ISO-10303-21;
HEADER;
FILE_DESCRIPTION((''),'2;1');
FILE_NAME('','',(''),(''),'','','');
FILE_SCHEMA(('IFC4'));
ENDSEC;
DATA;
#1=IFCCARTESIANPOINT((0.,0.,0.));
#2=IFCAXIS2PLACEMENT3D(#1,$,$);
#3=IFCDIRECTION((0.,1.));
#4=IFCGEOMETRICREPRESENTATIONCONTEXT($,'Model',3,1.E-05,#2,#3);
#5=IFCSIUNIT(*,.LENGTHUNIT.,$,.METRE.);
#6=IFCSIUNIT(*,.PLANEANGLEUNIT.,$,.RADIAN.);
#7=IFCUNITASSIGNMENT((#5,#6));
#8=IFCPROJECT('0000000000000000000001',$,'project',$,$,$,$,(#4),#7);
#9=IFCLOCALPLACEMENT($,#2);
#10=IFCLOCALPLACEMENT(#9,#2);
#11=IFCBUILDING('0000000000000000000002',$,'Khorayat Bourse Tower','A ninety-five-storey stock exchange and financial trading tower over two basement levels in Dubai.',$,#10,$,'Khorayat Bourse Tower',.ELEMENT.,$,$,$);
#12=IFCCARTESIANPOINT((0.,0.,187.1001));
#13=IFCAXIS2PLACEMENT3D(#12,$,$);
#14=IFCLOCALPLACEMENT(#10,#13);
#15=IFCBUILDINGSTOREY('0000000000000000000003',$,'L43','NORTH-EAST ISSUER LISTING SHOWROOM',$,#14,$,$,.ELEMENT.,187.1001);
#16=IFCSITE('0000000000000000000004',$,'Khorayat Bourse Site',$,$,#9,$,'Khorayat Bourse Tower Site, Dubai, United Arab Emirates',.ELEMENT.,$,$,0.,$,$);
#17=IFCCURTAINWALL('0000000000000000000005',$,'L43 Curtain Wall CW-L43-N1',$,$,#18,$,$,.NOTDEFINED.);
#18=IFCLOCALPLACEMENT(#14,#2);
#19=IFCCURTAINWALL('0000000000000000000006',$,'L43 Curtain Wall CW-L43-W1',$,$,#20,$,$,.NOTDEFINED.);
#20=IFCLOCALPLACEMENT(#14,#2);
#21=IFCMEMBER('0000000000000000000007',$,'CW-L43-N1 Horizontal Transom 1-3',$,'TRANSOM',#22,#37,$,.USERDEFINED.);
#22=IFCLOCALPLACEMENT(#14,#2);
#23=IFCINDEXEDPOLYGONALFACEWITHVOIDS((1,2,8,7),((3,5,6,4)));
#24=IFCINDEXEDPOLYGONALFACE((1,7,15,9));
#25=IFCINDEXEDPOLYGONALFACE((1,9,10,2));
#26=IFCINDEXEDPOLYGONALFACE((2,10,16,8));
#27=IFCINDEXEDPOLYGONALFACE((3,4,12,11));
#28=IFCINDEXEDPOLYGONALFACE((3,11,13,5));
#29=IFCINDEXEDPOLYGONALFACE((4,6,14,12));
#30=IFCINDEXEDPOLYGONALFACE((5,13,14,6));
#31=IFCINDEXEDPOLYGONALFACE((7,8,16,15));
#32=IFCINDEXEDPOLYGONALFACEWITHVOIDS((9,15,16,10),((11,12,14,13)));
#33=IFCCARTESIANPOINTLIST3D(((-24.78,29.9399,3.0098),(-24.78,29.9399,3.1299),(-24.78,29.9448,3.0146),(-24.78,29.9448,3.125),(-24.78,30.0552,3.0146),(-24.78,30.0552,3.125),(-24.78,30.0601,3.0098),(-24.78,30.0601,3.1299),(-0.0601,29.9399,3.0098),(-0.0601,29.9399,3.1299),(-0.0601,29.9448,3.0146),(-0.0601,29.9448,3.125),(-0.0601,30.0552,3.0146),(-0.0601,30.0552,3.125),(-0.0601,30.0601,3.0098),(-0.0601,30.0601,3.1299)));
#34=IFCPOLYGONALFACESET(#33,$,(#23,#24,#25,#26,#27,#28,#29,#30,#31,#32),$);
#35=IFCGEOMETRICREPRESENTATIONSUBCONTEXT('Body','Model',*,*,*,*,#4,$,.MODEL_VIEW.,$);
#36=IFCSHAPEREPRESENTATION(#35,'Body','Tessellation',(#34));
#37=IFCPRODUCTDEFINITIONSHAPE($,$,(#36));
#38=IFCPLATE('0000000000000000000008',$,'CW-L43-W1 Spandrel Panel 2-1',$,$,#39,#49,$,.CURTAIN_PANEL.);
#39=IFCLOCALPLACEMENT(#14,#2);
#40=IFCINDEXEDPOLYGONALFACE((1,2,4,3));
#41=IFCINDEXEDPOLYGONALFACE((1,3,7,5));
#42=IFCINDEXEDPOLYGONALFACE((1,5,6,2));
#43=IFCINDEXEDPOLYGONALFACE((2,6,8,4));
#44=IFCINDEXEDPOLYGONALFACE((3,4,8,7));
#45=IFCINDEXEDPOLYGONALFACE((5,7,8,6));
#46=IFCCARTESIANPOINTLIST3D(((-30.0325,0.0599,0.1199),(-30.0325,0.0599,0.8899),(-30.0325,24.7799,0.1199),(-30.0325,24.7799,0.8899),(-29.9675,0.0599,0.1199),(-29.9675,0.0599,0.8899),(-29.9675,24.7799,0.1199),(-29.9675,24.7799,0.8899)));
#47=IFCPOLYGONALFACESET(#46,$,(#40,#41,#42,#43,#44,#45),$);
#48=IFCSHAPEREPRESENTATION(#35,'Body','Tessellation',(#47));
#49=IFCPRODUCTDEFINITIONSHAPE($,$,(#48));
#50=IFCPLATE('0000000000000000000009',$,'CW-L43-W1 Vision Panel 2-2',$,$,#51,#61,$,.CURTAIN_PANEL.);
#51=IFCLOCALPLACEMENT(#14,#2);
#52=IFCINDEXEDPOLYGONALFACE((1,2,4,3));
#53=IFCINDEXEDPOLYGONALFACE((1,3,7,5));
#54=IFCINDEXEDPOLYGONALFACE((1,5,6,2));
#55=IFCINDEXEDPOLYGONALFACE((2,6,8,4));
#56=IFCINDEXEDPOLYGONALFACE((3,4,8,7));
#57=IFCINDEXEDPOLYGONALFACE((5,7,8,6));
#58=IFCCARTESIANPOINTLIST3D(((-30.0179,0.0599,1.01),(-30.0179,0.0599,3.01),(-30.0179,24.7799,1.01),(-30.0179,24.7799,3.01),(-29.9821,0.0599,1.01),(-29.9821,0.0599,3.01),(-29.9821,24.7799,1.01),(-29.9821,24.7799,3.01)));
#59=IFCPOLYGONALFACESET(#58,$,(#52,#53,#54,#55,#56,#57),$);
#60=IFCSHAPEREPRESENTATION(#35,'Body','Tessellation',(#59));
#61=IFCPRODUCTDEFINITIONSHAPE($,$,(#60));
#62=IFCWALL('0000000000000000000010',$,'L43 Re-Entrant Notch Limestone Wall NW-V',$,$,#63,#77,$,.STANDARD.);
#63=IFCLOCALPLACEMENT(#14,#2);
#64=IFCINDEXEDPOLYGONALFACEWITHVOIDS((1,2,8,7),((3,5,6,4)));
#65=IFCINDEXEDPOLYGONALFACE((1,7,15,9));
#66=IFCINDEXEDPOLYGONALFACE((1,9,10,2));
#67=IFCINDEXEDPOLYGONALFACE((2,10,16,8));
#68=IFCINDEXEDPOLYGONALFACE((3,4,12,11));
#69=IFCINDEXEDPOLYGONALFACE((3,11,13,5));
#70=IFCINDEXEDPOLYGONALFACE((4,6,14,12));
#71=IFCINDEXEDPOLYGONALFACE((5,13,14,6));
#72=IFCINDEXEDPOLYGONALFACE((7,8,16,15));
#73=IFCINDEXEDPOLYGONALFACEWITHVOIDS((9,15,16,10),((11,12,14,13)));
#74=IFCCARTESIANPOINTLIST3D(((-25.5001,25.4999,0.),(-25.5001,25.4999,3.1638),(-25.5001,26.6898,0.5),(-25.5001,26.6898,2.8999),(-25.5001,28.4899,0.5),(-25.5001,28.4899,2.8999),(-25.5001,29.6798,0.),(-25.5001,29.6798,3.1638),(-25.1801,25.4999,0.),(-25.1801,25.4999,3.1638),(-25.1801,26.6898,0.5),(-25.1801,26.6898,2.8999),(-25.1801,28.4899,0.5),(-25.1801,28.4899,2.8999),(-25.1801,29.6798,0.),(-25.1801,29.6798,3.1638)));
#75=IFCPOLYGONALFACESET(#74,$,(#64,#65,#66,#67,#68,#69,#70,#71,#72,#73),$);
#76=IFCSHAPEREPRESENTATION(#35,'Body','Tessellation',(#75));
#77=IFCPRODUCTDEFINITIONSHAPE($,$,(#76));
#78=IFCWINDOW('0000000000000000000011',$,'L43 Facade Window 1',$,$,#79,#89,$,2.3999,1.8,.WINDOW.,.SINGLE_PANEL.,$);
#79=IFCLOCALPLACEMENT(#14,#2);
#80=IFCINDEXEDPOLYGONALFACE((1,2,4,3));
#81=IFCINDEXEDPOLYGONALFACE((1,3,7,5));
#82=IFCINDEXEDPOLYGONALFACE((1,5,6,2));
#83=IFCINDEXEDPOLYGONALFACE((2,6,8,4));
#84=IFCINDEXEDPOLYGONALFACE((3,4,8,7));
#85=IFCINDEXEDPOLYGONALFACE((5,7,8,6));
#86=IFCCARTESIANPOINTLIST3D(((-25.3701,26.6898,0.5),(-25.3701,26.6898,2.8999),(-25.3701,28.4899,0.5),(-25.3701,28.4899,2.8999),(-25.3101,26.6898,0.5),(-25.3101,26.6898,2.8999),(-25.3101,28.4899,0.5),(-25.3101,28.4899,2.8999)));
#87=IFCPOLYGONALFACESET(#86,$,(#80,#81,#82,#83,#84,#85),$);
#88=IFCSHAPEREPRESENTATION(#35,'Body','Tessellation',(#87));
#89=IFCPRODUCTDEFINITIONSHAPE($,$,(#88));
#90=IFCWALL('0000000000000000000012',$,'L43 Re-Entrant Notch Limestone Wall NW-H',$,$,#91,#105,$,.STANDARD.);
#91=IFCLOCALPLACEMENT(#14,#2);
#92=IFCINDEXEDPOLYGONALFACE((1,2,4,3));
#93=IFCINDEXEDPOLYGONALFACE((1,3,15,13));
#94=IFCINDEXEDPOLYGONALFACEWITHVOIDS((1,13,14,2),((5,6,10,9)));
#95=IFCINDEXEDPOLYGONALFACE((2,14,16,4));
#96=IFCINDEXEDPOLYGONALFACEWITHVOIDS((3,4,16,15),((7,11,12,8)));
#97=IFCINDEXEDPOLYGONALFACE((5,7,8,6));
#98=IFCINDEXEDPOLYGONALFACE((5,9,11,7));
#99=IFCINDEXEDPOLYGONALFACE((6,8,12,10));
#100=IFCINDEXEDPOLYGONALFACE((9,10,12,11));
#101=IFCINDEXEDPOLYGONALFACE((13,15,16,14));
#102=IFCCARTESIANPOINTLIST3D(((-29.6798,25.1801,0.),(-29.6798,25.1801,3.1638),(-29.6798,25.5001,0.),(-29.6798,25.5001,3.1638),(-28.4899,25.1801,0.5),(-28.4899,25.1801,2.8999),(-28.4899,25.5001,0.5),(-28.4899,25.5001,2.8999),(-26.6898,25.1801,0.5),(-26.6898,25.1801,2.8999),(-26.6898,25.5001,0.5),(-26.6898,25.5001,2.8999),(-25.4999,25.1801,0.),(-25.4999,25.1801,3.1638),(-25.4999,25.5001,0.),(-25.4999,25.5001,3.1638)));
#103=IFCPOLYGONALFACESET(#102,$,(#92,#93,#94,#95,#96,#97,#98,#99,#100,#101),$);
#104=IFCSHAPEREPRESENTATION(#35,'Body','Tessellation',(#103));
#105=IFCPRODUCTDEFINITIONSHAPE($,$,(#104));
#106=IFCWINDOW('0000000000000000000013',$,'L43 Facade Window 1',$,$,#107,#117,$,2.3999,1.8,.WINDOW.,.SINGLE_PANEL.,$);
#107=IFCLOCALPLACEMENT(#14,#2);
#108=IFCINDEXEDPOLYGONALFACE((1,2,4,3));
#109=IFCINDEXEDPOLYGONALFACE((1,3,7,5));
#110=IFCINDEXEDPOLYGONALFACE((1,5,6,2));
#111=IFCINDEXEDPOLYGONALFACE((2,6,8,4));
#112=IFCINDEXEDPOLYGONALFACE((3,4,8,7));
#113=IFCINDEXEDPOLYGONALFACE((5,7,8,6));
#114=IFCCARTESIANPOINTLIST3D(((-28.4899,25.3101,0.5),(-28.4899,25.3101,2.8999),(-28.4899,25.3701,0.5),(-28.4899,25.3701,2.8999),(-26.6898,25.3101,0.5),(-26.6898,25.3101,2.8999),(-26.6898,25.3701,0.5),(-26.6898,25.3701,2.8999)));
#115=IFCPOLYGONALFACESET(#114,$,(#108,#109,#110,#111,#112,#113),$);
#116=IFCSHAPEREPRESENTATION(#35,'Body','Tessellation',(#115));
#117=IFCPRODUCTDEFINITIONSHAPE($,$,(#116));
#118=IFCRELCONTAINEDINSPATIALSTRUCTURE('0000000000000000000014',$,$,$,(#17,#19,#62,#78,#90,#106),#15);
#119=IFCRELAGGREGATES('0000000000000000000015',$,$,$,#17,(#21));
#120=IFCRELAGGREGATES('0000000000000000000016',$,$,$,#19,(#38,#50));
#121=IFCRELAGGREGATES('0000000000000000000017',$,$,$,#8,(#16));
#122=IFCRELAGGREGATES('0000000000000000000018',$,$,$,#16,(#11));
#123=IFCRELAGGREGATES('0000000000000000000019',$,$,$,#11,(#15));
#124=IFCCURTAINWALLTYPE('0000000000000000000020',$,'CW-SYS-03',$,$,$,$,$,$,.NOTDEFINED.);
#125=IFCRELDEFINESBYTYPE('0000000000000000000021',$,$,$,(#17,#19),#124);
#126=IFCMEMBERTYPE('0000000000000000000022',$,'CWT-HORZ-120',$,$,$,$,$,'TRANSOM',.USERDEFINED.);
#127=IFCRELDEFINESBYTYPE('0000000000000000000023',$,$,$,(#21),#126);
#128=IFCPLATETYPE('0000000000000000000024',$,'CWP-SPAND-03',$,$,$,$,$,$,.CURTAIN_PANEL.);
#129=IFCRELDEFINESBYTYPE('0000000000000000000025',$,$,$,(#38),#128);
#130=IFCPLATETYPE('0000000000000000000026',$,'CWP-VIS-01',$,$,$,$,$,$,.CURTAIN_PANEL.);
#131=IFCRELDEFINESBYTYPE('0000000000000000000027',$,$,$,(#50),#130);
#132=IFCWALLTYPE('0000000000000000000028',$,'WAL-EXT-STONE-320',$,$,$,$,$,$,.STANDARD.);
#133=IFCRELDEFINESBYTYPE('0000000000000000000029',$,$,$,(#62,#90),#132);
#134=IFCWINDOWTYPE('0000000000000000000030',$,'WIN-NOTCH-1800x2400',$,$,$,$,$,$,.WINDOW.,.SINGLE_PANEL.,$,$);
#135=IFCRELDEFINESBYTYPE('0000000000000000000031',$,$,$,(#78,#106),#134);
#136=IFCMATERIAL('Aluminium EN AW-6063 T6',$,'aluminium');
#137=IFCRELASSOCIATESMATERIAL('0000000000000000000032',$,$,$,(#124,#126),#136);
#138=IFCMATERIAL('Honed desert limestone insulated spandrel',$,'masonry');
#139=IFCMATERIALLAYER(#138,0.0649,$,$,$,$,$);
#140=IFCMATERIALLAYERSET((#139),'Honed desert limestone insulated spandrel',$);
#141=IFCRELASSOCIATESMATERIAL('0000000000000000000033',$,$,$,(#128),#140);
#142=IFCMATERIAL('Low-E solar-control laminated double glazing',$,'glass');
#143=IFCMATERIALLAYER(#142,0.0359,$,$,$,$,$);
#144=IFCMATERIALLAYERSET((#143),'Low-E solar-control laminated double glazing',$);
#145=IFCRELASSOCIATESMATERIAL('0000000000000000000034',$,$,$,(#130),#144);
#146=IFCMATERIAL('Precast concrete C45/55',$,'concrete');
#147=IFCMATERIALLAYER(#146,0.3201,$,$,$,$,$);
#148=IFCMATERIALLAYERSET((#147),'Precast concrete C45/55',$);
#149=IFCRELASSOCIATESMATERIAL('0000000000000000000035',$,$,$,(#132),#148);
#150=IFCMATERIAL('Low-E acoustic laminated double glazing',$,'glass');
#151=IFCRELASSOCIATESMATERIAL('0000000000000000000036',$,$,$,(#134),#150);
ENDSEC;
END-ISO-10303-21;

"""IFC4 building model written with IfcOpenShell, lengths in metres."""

from ifc_helpers import new_model, si_unit, direction, frame, frame_2d, origin, origin_2d, place, context, subcontext, project, spatial, rectangle, hollow_rectangle, extrude, source, transform, mapped, material, layer, layer_set, material_profile, profile_set, type_object, element, fill, aggregate, save


model = new_model("IFC4")

# Units and contexts
model_context = context("Model", 3, precision=1e-05, world=origin(), true_north=direction((0.0, 1.0)))
body_context = subcontext(model_context, "Body", "Model", "MODEL_VIEW")
ifc_project = project(units=[si_unit("LENGTHUNIT", "METRE"), si_unit("PLANEANGLEUNIT", "RADIAN")], contexts=[model_context])

# Site, building, storey
site_placement = place(None, origin())
site = spatial("IfcSite", under=ifc_project, at=site_placement, Name="Khorayat Bourse Site", LongName="Khorayat Bourse Tower Site, Dubai, United Arab Emirates", CompositionType="ELEMENT", RefElevation=0.0)
building_placement = place(site_placement, origin())
building = spatial("IfcBuilding", under=site, at=building_placement, Name="Khorayat Bourse Tower", Description="A ninety-five-storey stock exchange and financial trading tower over two basement levels in Dubai.", LongName="Khorayat Bourse Tower", CompositionType="ELEMENT")
storey_placement = place(building_placement, frame((0.0, 0.0, 187.1001)))
storey = spatial("IfcBuildingStorey", under=building, at=storey_placement, Name="L43", Description="NORTH-EAST ISSUER LISTING SHOWROOM", CompositionType="ELEMENT", Elevation=187.1001)

# Curtain wall
ifc_material_1 = material(Name="Aluminium EN AW-6063 T6", Category="aluminium")
curtain_wall_type = type_object("IfcCurtainWallType", Name="CW-SYS-03", PredefinedType="NOTDEFINED", material=ifc_material_1)
curtain_wall_1_placement = place(storey_placement, origin())
curtain_wall_1 = element("IfcCurtainWall", 1, at=curtain_wall_1_placement, inside=storey, type_object=curtain_wall_type, Name="L43 Curtain Wall CW-L43-N1", PredefinedType="NOTDEFINED")

# Curtain wall
curtain_wall_2_placement = place(storey_placement, origin())
curtain_wall_2 = element("IfcCurtainWall", 2, at=curtain_wall_2_placement, inside=storey, type_object=curtain_wall_type, Name="L43 Curtain Wall CW-L43-W1", PredefinedType="NOTDEFINED")

# Member
ifc_material_profile_1 = material_profile(ifc_material_1, hollow_rectangle(XDim=0.1201, YDim=0.1201, WallThickness=0.0049, at=origin_2d()), Name="ALU 120x120x5")
ifc_profile_set_1 = profile_set([ifc_material_profile_1], Name="Aluminium EN AW-6063 T6")
member_type_1 = type_object("IfcMemberType", Name="CWT-HORZ-120", ElementType="TRANSOM", PredefinedType="USERDEFINED", material=ifc_profile_set_1)
shared_shape_1 = source(origin(), body_context, "Body", "SweptSolid", [
    extrude(hollow_rectangle(XDim=0.1201, YDim=0.1201, WallThickness=0.0049, at=origin_2d()), origin(), (0.0, 0.0, 1.0), 24.72),
])
member_1_placement = place(storey_placement, frame((-24.78, 30.0, 3.0698), z_axis=(1.0, 0.0, 0.0), x_axis=(0.0, 1.0, 0.0)))
member_1 = element("IfcMember", 3, at=member_1_placement, type_object=member_type_1, Name="CW-L43-N1 Horizontal Transom 1-3", ObjectType="TRANSOM", PredefinedType="USERDEFINED", context=body_context, shape_type="MappedRepresentation", body=[
    mapped(shared_shape_1, transform((0.0, 0.0, 0.0), scale=1.0)),
])
aggregate(curtain_wall_1, [member_1])

# Plates
ifc_material_2 = material(Name="Honed desert limestone insulated spandrel", Category="masonry")
ifc_layer_1 = layer(ifc_material_2, 0.0649)
ifc_layer_set_1 = layer_set([ifc_layer_1], Name="Honed desert limestone insulated spandrel")
plate_type_1 = type_object("IfcPlateType", Name="CWP-SPAND-03", PredefinedType="CURTAIN_PANEL", material=ifc_layer_set_1)
shared_shape_2 = source(origin(), body_context, "Body", "SweptSolid", [
    extrude(rectangle(XDim=24.72, YDim=0.0649, at=origin_2d()), origin(), (0.0, 0.0, 1.0), 0.77),
])
plate_1_placement = place(storey_placement, frame((-30.0, 12.4199, 0.1199), z_axis=(0.0, 0.0, 1.0), x_axis=(0.0, 1.0, 0.0)))
plate_1 = element("IfcPlate", 4, at=plate_1_placement, type_object=plate_type_1, Name="CW-L43-W1 Spandrel Panel 2-1", PredefinedType="CURTAIN_PANEL", context=body_context, shape_type="MappedRepresentation", body=[
    mapped(shared_shape_2, transform((0.0, 0.0, 0.0), scale=1.0)),
])
ifc_material_3 = material(Name="Low-E solar-control laminated double glazing", Category="glass")
ifc_layer_2 = layer(ifc_material_3, 0.0359)
ifc_layer_set_2 = layer_set([ifc_layer_2], Name="Low-E solar-control laminated double glazing")
plate_type_2 = type_object("IfcPlateType", Name="CWP-VIS-01", PredefinedType="CURTAIN_PANEL", material=ifc_layer_set_2)
shared_shape_3 = source(origin(), body_context, "Body", "SweptSolid", [
    extrude(rectangle(XDim=24.72, YDim=0.0359, at=origin_2d()), origin(), (0.0, 0.0, 1.0), 2.0),
])
plate_2_placement = place(storey_placement, frame((-30.0, 12.4199, 1.01), z_axis=(0.0, 0.0, 1.0), x_axis=(0.0, 1.0, 0.0)))
plate_2 = element("IfcPlate", 5, at=plate_2_placement, type_object=plate_type_2, Name="CW-L43-W1 Vision Panel 2-2", PredefinedType="CURTAIN_PANEL", context=body_context, shape_type="MappedRepresentation", body=[
    mapped(shared_shape_3, transform((0.0, 0.0, 0.0), scale=1.0)),
])
aggregate(curtain_wall_2, [plate_1, plate_2])

# Walls, openings, windows
ifc_material_4 = material(Name="Precast concrete C45/55", Category="concrete")
ifc_layer_3 = layer(ifc_material_4, 0.3201)
ifc_layer_set_3 = layer_set([ifc_layer_3], Name="Precast concrete C45/55")
wall_type = type_object("IfcWallType", Name="WAL-EXT-STONE-320", PredefinedType="STANDARD", material=ifc_layer_set_3)
shared_shape_4 = source(origin(), body_context, "Body", "SweptSolid", [
    extrude(rectangle(XDim=4.1799, YDim=0.3201, at=frame_2d((2.0898, 0.0))), origin(), (0.0, 0.0, 1.0), 3.1638),
])
wall_1_placement = place(storey_placement, frame((-25.3401, 25.5, 0.0), z_axis=(0.0, 0.0, 1.0), x_axis=(0.0, 1.0, 0.0)))
wall_1 = element("IfcWall", 6, at=wall_1_placement, inside=storey, type_object=wall_type, Name="L43 Re-Entrant Notch Limestone Wall NW-V", PredefinedType="STANDARD", context=body_context, shape_type="MappedRepresentation", body=[
    mapped(shared_shape_4, transform((0.0, 0.0, 0.0), scale=1.0)),
])
shared_shape_5 = source(origin(), body_context, "Body", "SweptSolid", [
    extrude(rectangle(XDim=1.8, YDim=2.3999, at=frame_2d((0.8999, 1.2))), frame((0.0, 0.1699, 0.0), z_axis=(0.0, -1.0, 0.0), x_axis=(1.0, 0.0, 0.0)), (0.0, 0.0, 1.0), 0.3401),
])
opening_1_placement = place(wall_1_placement, frame((1.1899, 0.0, 0.5)))
opening_1 = element("IfcOpeningElement", 7, at=opening_1_placement, cuts=wall_1, PredefinedType="OPENING", context=body_context, shape_type="MappedRepresentation", body=[
    mapped(shared_shape_5, transform((0.0, 0.0, 0.0), scale=1.0)),
])
ifc_material_5 = material(Name="Low-E acoustic laminated double glazing", Category="glass")
window_type = type_object("IfcWindowType", Name="WIN-NOTCH-1800x2400", PartitioningType="SINGLE_PANEL", PredefinedType="WINDOW", material=ifc_material_5)
shared_shape_6 = source(origin(), body_context, "Body", "SweptSolid", [
    extrude(rectangle(XDim=1.8, YDim=2.3999, at=frame_2d((0.8999, 1.2))), frame((0.0, 0.03, 0.0), z_axis=(0.0, -1.0, 0.0), x_axis=(1.0, 0.0, 0.0)), (0.0, 0.0, 1.0), 0.0601),
])
window_1_placement = place(opening_1_placement, origin())
window_1 = element("IfcWindow", 8, at=window_1_placement, inside=storey, type_object=window_type, Name="L43 Facade Window 1", OverallHeight=2.3999, OverallWidth=1.8, PartitioningType="SINGLE_PANEL", PredefinedType="WINDOW", context=body_context, shape_type="MappedRepresentation", body=[
    mapped(shared_shape_6, transform((0.0, 0.0, 0.0), scale=1.0)),
])
fill(opening_1, window_1)
wall_2_placement = place(storey_placement, frame((-25.5, 25.3401, 0.0), z_axis=(0.0, 0.0, 1.0), x_axis=(-1.0, 0.0, 0.0)))
wall_2 = element("IfcWall", 9, at=wall_2_placement, inside=storey, type_object=wall_type, Name="L43 Re-Entrant Notch Limestone Wall NW-H", PredefinedType="STANDARD", context=body_context, shape_type="MappedRepresentation", body=[
    mapped(shared_shape_4, transform((0.0, 0.0, 0.0), scale=1.0)),
])
opening_2_placement = place(wall_2_placement, frame((1.1899, 0.0, 0.5)))
opening_2 = element("IfcOpeningElement", 10, at=opening_2_placement, cuts=wall_2, PredefinedType="OPENING", context=body_context, shape_type="MappedRepresentation", body=[
    mapped(shared_shape_5, transform((0.0, 0.0, 0.0), scale=1.0)),
])
window_2_placement = place(opening_2_placement, origin())
window_2 = element("IfcWindow", 11, at=window_2_placement, inside=storey, type_object=window_type, Name="L43 Facade Window 1", OverallHeight=2.3999, OverallWidth=1.8, PartitioningType="SINGLE_PANEL", PredefinedType="WINDOW", context=body_context, shape_type="MappedRepresentation", body=[
    mapped(shared_shape_6, transform((0.0, 0.0, 0.0), scale=1.0)),
])
fill(opening_2, window_2)

save(model, "model.ifc")
